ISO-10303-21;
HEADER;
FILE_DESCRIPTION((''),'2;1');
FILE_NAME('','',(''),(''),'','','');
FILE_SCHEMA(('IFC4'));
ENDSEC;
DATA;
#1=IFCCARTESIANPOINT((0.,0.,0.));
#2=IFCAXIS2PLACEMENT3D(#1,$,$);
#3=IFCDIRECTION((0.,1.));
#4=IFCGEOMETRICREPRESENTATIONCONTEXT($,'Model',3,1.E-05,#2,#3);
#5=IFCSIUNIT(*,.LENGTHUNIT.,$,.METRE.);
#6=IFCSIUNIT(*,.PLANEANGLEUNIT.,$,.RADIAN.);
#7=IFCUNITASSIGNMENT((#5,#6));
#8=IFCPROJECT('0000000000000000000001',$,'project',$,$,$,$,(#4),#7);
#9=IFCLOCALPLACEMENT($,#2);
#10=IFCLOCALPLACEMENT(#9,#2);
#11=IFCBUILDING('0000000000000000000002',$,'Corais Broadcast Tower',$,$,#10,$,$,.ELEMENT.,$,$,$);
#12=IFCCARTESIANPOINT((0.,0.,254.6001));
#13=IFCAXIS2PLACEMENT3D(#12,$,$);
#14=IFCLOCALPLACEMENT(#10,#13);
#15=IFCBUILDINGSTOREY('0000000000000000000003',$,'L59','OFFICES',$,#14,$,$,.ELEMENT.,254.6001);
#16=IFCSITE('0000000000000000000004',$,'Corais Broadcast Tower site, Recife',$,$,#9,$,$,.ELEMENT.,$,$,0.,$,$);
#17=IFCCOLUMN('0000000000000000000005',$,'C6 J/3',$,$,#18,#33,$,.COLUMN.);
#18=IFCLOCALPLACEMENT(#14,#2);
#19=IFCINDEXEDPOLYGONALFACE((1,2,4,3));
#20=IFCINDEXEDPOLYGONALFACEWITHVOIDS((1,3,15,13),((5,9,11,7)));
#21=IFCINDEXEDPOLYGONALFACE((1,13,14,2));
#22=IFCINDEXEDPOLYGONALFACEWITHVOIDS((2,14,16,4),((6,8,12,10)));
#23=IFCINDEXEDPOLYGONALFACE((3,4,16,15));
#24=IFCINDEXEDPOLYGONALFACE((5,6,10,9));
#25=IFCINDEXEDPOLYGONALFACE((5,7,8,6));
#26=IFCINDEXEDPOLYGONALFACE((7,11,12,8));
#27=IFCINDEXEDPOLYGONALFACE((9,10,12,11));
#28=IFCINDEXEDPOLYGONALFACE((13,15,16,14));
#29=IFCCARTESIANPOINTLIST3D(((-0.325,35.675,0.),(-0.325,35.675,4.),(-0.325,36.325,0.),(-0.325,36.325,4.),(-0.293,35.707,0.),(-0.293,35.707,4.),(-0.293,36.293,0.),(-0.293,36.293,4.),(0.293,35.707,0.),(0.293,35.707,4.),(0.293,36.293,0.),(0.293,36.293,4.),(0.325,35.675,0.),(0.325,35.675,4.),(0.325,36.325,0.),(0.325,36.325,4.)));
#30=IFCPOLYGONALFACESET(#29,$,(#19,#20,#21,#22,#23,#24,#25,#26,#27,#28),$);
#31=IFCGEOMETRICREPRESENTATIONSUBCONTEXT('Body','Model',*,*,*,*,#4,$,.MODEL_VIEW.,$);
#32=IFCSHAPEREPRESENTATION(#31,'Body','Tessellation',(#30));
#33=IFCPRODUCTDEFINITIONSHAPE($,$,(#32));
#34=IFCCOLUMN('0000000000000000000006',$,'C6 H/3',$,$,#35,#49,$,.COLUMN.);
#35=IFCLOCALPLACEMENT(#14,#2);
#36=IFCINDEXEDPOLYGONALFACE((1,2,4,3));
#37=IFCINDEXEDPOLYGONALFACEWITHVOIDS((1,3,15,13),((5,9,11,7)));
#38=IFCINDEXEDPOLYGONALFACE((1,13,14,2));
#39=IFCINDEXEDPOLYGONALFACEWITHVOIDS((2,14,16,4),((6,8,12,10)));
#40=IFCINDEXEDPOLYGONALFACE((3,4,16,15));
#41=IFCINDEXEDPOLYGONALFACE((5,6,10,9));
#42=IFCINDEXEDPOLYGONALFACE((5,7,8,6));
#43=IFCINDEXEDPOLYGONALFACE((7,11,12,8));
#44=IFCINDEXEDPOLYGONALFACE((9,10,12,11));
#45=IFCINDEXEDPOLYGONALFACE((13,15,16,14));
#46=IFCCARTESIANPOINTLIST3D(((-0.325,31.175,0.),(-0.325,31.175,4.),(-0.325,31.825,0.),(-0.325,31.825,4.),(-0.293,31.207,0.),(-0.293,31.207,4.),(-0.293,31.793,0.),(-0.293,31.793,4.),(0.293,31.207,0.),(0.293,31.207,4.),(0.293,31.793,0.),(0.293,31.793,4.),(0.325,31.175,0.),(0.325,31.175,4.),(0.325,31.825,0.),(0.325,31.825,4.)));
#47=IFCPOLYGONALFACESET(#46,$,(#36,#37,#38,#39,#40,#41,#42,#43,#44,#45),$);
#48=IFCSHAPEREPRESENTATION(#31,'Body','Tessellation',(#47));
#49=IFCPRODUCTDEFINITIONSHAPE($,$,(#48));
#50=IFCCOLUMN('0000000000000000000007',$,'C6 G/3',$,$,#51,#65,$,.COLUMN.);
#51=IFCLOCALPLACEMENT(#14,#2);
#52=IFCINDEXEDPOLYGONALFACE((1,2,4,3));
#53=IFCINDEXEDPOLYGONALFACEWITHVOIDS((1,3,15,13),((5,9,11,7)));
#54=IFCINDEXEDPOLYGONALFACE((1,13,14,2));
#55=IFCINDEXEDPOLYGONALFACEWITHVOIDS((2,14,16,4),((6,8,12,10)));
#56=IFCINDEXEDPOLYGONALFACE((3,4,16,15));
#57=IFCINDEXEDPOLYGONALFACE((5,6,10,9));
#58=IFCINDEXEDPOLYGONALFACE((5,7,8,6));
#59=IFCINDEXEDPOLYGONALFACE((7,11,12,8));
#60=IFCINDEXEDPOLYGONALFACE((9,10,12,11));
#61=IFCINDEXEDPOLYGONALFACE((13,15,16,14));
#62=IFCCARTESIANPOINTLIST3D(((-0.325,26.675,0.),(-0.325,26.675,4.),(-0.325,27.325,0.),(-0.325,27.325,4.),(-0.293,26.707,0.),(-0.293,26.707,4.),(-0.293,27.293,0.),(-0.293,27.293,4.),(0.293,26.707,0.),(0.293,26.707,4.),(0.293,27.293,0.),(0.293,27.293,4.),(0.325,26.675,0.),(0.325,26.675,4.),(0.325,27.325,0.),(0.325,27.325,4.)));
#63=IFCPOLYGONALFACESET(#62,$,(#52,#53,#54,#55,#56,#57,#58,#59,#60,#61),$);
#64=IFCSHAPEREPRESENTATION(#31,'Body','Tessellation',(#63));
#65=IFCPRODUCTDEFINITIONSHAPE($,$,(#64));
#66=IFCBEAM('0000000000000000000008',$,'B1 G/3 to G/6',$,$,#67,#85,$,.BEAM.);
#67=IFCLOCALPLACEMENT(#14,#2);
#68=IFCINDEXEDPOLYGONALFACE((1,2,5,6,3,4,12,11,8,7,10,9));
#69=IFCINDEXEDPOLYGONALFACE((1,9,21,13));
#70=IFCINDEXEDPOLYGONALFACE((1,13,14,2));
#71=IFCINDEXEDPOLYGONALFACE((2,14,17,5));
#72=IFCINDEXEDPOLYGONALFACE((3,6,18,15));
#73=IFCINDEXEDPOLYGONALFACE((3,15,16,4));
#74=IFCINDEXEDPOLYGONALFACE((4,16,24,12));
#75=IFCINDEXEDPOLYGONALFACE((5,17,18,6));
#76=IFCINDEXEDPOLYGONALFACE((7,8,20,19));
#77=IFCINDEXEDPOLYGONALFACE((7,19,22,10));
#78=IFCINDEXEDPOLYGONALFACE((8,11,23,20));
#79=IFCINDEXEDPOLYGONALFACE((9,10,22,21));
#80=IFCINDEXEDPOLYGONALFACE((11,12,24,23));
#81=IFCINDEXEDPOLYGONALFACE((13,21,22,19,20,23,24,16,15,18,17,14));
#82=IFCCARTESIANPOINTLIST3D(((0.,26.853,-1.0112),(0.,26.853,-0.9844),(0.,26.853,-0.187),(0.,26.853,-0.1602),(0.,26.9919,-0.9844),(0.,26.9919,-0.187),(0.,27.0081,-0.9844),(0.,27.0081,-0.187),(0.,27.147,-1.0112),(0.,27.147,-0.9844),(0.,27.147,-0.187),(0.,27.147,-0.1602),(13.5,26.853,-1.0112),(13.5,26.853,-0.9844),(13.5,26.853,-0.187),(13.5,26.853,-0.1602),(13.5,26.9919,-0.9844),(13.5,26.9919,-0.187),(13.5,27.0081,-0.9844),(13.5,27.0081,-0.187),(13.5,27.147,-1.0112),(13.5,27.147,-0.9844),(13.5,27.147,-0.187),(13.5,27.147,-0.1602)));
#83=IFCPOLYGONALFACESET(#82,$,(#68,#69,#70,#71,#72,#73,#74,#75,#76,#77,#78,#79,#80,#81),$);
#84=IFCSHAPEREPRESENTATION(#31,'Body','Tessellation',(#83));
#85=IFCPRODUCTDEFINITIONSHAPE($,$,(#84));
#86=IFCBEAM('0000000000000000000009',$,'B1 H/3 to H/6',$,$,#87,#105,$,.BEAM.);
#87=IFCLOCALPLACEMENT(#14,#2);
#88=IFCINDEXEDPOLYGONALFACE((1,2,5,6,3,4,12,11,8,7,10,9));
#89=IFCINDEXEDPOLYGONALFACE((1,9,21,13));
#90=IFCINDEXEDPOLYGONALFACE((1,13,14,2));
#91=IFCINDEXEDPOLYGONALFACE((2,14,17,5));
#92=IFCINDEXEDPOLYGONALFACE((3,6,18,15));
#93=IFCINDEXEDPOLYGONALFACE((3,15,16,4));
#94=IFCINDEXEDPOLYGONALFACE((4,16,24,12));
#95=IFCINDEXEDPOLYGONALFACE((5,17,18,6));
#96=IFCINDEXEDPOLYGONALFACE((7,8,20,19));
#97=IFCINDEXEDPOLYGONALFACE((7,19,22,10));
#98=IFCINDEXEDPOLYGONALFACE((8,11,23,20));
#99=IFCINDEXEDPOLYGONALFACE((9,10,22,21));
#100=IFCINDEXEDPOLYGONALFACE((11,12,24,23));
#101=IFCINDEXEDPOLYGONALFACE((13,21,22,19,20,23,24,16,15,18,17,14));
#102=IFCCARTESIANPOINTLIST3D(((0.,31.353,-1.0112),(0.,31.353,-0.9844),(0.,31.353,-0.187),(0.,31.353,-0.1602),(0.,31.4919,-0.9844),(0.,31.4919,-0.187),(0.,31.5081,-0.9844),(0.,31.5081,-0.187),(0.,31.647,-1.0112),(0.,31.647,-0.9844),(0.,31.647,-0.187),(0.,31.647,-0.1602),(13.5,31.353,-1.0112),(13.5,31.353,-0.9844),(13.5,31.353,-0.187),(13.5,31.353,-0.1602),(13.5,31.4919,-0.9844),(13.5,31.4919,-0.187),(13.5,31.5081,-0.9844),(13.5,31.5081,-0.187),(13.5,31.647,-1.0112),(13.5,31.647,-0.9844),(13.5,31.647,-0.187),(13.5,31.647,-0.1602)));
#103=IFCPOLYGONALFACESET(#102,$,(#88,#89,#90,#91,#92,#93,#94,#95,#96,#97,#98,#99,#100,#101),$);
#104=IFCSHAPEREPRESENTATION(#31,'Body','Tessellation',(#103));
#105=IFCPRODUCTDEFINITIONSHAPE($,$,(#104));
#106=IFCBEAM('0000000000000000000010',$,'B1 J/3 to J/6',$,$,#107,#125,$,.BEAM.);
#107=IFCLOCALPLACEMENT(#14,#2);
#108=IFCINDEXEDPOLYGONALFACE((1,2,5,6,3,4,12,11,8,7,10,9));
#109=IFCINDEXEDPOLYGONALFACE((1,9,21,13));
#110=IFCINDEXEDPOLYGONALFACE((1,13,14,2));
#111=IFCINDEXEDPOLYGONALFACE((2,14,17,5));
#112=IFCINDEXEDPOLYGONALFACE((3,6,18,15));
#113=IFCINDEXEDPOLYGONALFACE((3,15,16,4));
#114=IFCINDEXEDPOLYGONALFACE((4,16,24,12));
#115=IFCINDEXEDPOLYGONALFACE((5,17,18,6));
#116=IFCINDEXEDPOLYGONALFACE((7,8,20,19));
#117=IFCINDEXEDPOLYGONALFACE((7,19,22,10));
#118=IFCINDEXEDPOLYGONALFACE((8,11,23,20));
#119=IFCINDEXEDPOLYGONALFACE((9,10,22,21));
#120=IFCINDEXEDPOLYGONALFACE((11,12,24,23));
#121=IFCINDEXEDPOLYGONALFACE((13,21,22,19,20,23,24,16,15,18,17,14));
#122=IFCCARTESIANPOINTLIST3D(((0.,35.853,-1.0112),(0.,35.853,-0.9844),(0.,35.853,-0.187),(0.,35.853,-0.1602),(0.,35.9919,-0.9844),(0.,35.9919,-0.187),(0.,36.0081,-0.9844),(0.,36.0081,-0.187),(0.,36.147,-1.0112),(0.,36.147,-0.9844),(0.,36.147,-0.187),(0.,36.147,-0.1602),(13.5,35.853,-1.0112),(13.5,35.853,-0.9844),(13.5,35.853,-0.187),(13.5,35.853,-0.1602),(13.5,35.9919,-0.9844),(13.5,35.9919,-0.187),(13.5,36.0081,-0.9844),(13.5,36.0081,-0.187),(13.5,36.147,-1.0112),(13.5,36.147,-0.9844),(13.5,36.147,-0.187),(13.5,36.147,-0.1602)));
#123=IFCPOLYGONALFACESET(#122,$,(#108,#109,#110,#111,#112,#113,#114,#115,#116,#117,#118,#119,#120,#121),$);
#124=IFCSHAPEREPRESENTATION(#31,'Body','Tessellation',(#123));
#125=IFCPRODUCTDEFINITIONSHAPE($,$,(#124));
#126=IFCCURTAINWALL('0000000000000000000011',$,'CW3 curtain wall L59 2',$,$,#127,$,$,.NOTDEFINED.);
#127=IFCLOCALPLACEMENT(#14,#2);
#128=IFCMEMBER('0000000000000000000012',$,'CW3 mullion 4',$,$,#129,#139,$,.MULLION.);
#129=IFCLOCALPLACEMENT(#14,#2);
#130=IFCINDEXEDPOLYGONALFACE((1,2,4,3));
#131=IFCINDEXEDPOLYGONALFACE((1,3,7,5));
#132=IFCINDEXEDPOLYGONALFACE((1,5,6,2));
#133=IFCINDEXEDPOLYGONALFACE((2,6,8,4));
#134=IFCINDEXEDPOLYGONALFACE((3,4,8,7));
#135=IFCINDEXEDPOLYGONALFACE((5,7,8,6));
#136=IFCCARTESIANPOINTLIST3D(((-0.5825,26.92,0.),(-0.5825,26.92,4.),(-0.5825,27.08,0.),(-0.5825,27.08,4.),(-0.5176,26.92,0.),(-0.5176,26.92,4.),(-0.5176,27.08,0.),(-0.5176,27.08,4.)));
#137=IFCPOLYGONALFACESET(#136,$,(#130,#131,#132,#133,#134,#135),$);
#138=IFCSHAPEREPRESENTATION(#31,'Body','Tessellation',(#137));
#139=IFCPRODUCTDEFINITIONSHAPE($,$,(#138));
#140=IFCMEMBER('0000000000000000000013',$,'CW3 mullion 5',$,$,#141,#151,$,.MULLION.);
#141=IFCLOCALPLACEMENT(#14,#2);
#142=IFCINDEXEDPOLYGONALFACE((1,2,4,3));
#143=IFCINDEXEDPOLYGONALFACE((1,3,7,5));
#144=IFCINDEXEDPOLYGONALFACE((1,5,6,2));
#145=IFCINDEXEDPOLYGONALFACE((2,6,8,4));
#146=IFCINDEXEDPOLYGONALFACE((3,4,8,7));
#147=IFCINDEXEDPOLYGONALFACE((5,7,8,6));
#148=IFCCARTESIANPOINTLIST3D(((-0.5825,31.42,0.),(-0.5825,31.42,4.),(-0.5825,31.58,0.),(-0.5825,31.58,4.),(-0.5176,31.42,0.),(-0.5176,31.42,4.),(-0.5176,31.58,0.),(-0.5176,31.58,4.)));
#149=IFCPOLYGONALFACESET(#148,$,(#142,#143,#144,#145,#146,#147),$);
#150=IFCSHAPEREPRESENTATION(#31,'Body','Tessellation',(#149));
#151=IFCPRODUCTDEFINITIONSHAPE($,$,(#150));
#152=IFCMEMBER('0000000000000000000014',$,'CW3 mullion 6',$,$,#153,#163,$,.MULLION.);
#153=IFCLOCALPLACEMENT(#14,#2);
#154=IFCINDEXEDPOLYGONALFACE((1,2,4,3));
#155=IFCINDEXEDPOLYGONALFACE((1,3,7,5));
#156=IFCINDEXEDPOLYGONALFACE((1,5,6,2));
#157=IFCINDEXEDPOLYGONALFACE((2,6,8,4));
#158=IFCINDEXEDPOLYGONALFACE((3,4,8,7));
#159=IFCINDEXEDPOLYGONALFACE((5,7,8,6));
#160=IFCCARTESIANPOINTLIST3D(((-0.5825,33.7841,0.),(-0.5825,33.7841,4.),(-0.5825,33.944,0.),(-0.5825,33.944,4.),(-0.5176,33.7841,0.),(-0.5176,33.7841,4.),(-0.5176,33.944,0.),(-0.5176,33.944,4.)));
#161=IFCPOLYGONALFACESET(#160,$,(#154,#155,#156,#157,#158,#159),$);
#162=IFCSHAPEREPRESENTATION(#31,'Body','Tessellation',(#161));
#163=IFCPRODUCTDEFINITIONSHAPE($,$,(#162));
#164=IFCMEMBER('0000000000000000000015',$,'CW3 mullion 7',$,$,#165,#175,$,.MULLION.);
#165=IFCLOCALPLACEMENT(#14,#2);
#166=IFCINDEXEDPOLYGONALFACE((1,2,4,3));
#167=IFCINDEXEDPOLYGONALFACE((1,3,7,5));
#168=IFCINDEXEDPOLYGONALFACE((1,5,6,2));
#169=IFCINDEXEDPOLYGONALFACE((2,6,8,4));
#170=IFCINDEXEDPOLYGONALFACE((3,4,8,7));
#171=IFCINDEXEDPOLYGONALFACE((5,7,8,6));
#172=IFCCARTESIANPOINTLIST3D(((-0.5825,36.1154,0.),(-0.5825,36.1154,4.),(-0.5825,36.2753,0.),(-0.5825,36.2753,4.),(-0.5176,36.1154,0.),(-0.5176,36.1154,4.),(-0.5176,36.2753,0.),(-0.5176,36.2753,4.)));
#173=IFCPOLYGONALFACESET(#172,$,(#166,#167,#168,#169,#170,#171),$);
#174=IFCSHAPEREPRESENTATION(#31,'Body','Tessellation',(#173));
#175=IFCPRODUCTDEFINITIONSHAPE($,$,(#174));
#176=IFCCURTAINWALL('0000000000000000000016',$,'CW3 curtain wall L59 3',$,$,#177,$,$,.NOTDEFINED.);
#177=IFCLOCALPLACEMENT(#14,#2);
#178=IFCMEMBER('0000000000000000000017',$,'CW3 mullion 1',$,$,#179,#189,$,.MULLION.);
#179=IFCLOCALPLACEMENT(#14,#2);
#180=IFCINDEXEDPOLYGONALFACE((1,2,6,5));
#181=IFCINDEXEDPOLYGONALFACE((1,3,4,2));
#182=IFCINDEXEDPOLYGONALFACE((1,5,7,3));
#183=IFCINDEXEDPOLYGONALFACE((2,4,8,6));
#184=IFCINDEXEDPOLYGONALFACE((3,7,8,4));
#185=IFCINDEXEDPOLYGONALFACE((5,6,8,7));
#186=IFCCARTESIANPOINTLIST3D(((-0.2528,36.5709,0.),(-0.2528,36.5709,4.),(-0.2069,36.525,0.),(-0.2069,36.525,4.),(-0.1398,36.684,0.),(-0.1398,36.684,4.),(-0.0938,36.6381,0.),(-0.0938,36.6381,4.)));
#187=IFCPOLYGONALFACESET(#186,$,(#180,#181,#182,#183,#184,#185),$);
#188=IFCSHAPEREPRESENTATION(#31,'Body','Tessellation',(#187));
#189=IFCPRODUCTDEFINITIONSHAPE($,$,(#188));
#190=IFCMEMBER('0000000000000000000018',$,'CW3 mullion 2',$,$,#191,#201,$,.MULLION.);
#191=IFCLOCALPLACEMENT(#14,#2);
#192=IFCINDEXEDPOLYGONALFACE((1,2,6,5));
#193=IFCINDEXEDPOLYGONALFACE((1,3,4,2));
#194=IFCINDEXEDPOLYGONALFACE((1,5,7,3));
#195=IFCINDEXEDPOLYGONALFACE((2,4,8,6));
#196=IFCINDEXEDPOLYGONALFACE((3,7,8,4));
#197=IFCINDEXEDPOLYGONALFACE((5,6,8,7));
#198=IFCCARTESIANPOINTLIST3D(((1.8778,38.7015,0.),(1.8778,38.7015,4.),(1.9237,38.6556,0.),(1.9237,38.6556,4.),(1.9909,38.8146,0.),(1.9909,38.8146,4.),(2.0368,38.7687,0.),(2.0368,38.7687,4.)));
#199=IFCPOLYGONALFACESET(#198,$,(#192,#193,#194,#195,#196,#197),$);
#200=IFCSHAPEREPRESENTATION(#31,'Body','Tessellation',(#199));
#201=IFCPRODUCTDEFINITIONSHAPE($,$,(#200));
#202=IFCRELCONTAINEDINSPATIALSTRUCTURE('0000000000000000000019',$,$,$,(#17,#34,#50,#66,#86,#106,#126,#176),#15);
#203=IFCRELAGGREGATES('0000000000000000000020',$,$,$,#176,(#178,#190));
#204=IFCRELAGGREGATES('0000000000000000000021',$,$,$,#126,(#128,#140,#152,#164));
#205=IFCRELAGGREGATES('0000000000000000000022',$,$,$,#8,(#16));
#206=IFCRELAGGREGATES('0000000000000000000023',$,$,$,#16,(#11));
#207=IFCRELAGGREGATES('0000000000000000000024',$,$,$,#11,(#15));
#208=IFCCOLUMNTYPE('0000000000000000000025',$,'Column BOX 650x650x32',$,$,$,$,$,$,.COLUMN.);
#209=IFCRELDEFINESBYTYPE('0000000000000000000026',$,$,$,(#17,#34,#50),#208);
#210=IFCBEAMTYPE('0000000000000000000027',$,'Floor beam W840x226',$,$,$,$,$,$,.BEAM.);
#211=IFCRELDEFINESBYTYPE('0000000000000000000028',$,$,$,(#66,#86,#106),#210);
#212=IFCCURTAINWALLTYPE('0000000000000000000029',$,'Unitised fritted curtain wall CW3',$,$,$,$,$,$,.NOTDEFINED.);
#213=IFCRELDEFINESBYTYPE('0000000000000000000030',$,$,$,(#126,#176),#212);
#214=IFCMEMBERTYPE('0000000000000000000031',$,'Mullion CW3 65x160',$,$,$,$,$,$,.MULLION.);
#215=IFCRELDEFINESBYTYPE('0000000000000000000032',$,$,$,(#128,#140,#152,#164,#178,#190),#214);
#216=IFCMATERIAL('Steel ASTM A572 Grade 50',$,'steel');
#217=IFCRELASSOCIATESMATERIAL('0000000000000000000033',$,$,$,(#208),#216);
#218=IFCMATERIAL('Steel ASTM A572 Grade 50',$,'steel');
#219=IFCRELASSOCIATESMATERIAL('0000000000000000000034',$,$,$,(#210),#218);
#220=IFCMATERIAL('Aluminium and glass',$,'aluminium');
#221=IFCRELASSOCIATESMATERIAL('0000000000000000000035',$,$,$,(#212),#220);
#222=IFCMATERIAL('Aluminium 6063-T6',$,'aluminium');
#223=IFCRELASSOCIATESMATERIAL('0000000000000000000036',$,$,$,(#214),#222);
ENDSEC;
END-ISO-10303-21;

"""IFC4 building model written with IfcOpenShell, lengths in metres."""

from ifc_helpers import new_model, si_unit, direction, frame, origin, origin_2d, place, context, subcontext, project, spatial, rectangle, hollow_rectangle, i_section, extrude, material, material_profile, profile_set, type_object, element, aggregate, save


model = new_model("IFC4")

# Units and contexts
model_context = context("Model", 3, precision=1e-05, world=origin(), true_north=direction((0.0, 1.0)))
body_context = subcontext(model_context, "Body", "Model", "MODEL_VIEW")
ifc_project = project(units=[si_unit("LENGTHUNIT", "METRE"), si_unit("PLANEANGLEUNIT", "RADIAN")], contexts=[model_context])

# Site, building, storey
site_placement = place(None, origin())
site = spatial("IfcSite", under=ifc_project, at=site_placement, Name="Corais Broadcast Tower site, Recife", CompositionType="ELEMENT", RefElevation=0.0)
building_placement = place(site_placement, origin())
building = spatial("IfcBuilding", under=site, at=building_placement, Name="Corais Broadcast Tower", CompositionType="ELEMENT")
storey_placement = place(building_placement, frame((0.0, 0.0, 254.6001)))
storey = spatial("IfcBuildingStorey", under=building, at=storey_placement, Name="L59", Description="OFFICES", CompositionType="ELEMENT", Elevation=254.6001)

# Columns
ifc_material_1 = material(Name="Steel ASTM A572 Grade 50", Category="steel")
ifc_material_profile_1 = material_profile(ifc_material_1, hollow_rectangle(XDim=0.6499, YDim=0.6499, WallThickness=0.032, at=origin_2d()), Name="BOX 650x650x32")
ifc_profile_set_1 = profile_set([ifc_material_profile_1], Name="Steel ASTM A572 Grade 50")
column_type = type_object("IfcColumnType", Name="Column BOX 650x650x32", PredefinedType="COLUMN", material=ifc_profile_set_1)
for number, where, z_axis, x_axis, name in (
    (1, (0.0, 36.0, 0.0), (0.0, 0.0, 1.0), (1.0, 0.0, 0.0), "C6 J/3"),
    (2, (0.0, 31.5, 0.0), (0.0, 0.0, 1.0), (1.0, 0.0, 0.0), "C6 H/3"),
    (3, (0.0, 27.0, 0.0), (0.0, 0.0, 1.0), (1.0, 0.0, 0.0), "C6 G/3"),
):
    element("IfcColumn", number, at=place(storey_placement, frame(where, z_axis=z_axis, x_axis=x_axis)), inside=storey, type_object=column_type, Name=name, PredefinedType="COLUMN", context=body_context, shape_type="SweptSolid", body=[
        extrude(hollow_rectangle(XDim=0.6499, YDim=0.6499, WallThickness=0.032, at=origin_2d()), origin(), (0.0, 0.0, 1.0), 4.0),
    ])

# Beams
ifc_material_2 = material(Name="Steel ASTM A572 Grade 50", Category="steel")
ifc_material_profile_2 = material_profile(ifc_material_2, i_section(OverallWidth=0.2939, OverallDepth=0.8511, WebThickness=0.0161, FlangeThickness=0.0269, at=origin_2d()), Name="W840x226")
ifc_profile_set_2 = profile_set([ifc_material_profile_2], Name="Steel ASTM A572 Grade 50")
beam_type_1 = type_object("IfcBeamType", Name="Floor beam W840x226", PredefinedType="BEAM", material=ifc_profile_set_2)
for number, where, z_axis, x_axis, name in (
    (4, (0.0, 27.0, -0.5857), (1.0, 0.0, 0.0), (0.0, 1.0, 0.0), "B1 G/3 to G/6"),
    (5, (0.0, 31.5, -0.5857), (1.0, 0.0, 0.0), (0.0, 1.0, 0.0), "B1 H/3 to H/6"),
    (6, (0.0, 36.0, -0.5857), (1.0, 0.0, 0.0), (0.0, 1.0, 0.0), "B1 J/3 to J/6"),
):
    element("IfcBeam", number, at=place(storey_placement, frame(where, z_axis=z_axis, x_axis=x_axis)), inside=storey, type_object=beam_type_1, Name=name, PredefinedType="BEAM", context=body_context, shape_type="SweptSolid", body=[
        extrude(i_section(OverallWidth=0.2939, OverallDepth=0.8511, WebThickness=0.0161, FlangeThickness=0.0269, at=origin_2d()), origin(), (0.0, 0.0, 1.0), 13.5),
    ])

# Curtain walls, members
ifc_material_3 = material(Name="Aluminium and glass", Category="aluminium")
curtain_wall_type = type_object("IfcCurtainWallType", Name="Unitised fritted curtain wall CW3", PredefinedType="NOTDEFINED", material=ifc_material_3)
curtain_wall_1_placement = place(storey_placement, origin())
curtain_wall_1 = element("IfcCurtainWall", 7, at=curtain_wall_1_placement, inside=storey, type_object=curtain_wall_type, Name="CW3 curtain wall L59 2", PredefinedType="NOTDEFINED")
ifc_material_4 = material(Name="Aluminium 6063-T6", Category="aluminium")
ifc_material_profile_3 = material_profile(ifc_material_4, rectangle(XDim=0.0649, YDim=0.1599, at=origin_2d()), Name="Mullion CW3 65x160")
ifc_profile_set_3 = profile_set([ifc_material_profile_3], Name="Aluminium 6063-T6")
member_type_1 = type_object("IfcMemberType", Name="Mullion CW3 65x160", PredefinedType="MULLION", material=ifc_profile_set_3)
member_1_placement = place(storey_placement, frame((-0.55, 27.0, 0.0), z_axis=(0.0, 0.0, 1.0), x_axis=(-1.0, 0.0, 0.0)))
member_1 = element("IfcMember", 8, at=member_1_placement, type_object=member_type_1, Name="CW3 mullion 4", PredefinedType="MULLION", context=body_context, shape_type="SweptSolid", body=[
    extrude(rectangle(XDim=0.0649, YDim=0.1599, at=origin_2d()), origin(), (0.0, 0.0, 1.0), 4.0),
])
member_2_placement = place(storey_placement, frame((-0.55, 31.5, 0.0), z_axis=(0.0, 0.0, 1.0), x_axis=(-1.0, 0.0, 0.0)))
member_2 = element("IfcMember", 9, at=member_2_placement, type_object=member_type_1, Name="CW3 mullion 5", PredefinedType="MULLION", context=body_context, shape_type="SweptSolid", body=[
    extrude(rectangle(XDim=0.0649, YDim=0.1599, at=origin_2d()), origin(), (0.0, 0.0, 1.0), 4.0),
])
member_3_placement = place(storey_placement, frame((-0.55, 33.864, 0.0), z_axis=(0.0, 0.0, 1.0), x_axis=(-1.0, 0.0, 0.0)))
member_3 = element("IfcMember", 10, at=member_3_placement, type_object=member_type_1, Name="CW3 mullion 6", PredefinedType="MULLION", context=body_context, shape_type="SweptSolid", body=[
    extrude(rectangle(XDim=0.0649, YDim=0.1599, at=origin_2d()), origin(), (0.0, 0.0, 1.0), 4.0),
])
member_4_placement = place(storey_placement, frame((-0.55, 36.1953, 0.0), z_axis=(0.0, 0.0, 1.0), x_axis=(-1.0, 0.0, 0.0)))
member_4 = element("IfcMember", 11, at=member_4_placement, type_object=member_type_1, Name="CW3 mullion 7", PredefinedType="MULLION", context=body_context, shape_type="SweptSolid", body=[
    extrude(rectangle(XDim=0.0649, YDim=0.1599, at=origin_2d()), origin(), (0.0, 0.0, 1.0), 4.0),
])
curtain_wall_2_placement = place(storey_placement, origin())
curtain_wall_2 = element("IfcCurtainWall", 12, at=curtain_wall_2_placement, inside=storey, type_object=curtain_wall_type, Name="CW3 curtain wall L59 3", PredefinedType="NOTDEFINED")
member_5_placement = place(storey_placement, frame((-0.1733, 36.6045, 0.0), z_axis=(0.0, 0.0, 1.0), x_axis=(-0.707107, 0.707107, 0.0)))
member_5 = element("IfcMember", 13, at=member_5_placement, type_object=member_type_1, Name="CW3 mullion 1", PredefinedType="MULLION", context=body_context, shape_type="SweptSolid", body=[
    extrude(rectangle(XDim=0.0649, YDim=0.1599, at=origin_2d()), origin(), (0.0, 0.0, 1.0), 4.0),
])
member_6_placement = place(storey_placement, frame((1.9573, 38.7351, 0.0), z_axis=(0.0, 0.0, 1.0), x_axis=(-0.707107, 0.707107, 0.0)))
member_6 = element("IfcMember", 14, at=member_6_placement, type_object=member_type_1, Name="CW3 mullion 2", PredefinedType="MULLION", context=body_context, shape_type="SweptSolid", body=[
    extrude(rectangle(XDim=0.0649, YDim=0.1599, at=origin_2d()), origin(), (0.0, 0.0, 1.0), 4.0),
])

aggregate(curtain_wall_2, [member_5, member_6])
aggregate(curtain_wall_1, [member_1, member_2, member_3, member_4])

save(model, "model.ifc")
